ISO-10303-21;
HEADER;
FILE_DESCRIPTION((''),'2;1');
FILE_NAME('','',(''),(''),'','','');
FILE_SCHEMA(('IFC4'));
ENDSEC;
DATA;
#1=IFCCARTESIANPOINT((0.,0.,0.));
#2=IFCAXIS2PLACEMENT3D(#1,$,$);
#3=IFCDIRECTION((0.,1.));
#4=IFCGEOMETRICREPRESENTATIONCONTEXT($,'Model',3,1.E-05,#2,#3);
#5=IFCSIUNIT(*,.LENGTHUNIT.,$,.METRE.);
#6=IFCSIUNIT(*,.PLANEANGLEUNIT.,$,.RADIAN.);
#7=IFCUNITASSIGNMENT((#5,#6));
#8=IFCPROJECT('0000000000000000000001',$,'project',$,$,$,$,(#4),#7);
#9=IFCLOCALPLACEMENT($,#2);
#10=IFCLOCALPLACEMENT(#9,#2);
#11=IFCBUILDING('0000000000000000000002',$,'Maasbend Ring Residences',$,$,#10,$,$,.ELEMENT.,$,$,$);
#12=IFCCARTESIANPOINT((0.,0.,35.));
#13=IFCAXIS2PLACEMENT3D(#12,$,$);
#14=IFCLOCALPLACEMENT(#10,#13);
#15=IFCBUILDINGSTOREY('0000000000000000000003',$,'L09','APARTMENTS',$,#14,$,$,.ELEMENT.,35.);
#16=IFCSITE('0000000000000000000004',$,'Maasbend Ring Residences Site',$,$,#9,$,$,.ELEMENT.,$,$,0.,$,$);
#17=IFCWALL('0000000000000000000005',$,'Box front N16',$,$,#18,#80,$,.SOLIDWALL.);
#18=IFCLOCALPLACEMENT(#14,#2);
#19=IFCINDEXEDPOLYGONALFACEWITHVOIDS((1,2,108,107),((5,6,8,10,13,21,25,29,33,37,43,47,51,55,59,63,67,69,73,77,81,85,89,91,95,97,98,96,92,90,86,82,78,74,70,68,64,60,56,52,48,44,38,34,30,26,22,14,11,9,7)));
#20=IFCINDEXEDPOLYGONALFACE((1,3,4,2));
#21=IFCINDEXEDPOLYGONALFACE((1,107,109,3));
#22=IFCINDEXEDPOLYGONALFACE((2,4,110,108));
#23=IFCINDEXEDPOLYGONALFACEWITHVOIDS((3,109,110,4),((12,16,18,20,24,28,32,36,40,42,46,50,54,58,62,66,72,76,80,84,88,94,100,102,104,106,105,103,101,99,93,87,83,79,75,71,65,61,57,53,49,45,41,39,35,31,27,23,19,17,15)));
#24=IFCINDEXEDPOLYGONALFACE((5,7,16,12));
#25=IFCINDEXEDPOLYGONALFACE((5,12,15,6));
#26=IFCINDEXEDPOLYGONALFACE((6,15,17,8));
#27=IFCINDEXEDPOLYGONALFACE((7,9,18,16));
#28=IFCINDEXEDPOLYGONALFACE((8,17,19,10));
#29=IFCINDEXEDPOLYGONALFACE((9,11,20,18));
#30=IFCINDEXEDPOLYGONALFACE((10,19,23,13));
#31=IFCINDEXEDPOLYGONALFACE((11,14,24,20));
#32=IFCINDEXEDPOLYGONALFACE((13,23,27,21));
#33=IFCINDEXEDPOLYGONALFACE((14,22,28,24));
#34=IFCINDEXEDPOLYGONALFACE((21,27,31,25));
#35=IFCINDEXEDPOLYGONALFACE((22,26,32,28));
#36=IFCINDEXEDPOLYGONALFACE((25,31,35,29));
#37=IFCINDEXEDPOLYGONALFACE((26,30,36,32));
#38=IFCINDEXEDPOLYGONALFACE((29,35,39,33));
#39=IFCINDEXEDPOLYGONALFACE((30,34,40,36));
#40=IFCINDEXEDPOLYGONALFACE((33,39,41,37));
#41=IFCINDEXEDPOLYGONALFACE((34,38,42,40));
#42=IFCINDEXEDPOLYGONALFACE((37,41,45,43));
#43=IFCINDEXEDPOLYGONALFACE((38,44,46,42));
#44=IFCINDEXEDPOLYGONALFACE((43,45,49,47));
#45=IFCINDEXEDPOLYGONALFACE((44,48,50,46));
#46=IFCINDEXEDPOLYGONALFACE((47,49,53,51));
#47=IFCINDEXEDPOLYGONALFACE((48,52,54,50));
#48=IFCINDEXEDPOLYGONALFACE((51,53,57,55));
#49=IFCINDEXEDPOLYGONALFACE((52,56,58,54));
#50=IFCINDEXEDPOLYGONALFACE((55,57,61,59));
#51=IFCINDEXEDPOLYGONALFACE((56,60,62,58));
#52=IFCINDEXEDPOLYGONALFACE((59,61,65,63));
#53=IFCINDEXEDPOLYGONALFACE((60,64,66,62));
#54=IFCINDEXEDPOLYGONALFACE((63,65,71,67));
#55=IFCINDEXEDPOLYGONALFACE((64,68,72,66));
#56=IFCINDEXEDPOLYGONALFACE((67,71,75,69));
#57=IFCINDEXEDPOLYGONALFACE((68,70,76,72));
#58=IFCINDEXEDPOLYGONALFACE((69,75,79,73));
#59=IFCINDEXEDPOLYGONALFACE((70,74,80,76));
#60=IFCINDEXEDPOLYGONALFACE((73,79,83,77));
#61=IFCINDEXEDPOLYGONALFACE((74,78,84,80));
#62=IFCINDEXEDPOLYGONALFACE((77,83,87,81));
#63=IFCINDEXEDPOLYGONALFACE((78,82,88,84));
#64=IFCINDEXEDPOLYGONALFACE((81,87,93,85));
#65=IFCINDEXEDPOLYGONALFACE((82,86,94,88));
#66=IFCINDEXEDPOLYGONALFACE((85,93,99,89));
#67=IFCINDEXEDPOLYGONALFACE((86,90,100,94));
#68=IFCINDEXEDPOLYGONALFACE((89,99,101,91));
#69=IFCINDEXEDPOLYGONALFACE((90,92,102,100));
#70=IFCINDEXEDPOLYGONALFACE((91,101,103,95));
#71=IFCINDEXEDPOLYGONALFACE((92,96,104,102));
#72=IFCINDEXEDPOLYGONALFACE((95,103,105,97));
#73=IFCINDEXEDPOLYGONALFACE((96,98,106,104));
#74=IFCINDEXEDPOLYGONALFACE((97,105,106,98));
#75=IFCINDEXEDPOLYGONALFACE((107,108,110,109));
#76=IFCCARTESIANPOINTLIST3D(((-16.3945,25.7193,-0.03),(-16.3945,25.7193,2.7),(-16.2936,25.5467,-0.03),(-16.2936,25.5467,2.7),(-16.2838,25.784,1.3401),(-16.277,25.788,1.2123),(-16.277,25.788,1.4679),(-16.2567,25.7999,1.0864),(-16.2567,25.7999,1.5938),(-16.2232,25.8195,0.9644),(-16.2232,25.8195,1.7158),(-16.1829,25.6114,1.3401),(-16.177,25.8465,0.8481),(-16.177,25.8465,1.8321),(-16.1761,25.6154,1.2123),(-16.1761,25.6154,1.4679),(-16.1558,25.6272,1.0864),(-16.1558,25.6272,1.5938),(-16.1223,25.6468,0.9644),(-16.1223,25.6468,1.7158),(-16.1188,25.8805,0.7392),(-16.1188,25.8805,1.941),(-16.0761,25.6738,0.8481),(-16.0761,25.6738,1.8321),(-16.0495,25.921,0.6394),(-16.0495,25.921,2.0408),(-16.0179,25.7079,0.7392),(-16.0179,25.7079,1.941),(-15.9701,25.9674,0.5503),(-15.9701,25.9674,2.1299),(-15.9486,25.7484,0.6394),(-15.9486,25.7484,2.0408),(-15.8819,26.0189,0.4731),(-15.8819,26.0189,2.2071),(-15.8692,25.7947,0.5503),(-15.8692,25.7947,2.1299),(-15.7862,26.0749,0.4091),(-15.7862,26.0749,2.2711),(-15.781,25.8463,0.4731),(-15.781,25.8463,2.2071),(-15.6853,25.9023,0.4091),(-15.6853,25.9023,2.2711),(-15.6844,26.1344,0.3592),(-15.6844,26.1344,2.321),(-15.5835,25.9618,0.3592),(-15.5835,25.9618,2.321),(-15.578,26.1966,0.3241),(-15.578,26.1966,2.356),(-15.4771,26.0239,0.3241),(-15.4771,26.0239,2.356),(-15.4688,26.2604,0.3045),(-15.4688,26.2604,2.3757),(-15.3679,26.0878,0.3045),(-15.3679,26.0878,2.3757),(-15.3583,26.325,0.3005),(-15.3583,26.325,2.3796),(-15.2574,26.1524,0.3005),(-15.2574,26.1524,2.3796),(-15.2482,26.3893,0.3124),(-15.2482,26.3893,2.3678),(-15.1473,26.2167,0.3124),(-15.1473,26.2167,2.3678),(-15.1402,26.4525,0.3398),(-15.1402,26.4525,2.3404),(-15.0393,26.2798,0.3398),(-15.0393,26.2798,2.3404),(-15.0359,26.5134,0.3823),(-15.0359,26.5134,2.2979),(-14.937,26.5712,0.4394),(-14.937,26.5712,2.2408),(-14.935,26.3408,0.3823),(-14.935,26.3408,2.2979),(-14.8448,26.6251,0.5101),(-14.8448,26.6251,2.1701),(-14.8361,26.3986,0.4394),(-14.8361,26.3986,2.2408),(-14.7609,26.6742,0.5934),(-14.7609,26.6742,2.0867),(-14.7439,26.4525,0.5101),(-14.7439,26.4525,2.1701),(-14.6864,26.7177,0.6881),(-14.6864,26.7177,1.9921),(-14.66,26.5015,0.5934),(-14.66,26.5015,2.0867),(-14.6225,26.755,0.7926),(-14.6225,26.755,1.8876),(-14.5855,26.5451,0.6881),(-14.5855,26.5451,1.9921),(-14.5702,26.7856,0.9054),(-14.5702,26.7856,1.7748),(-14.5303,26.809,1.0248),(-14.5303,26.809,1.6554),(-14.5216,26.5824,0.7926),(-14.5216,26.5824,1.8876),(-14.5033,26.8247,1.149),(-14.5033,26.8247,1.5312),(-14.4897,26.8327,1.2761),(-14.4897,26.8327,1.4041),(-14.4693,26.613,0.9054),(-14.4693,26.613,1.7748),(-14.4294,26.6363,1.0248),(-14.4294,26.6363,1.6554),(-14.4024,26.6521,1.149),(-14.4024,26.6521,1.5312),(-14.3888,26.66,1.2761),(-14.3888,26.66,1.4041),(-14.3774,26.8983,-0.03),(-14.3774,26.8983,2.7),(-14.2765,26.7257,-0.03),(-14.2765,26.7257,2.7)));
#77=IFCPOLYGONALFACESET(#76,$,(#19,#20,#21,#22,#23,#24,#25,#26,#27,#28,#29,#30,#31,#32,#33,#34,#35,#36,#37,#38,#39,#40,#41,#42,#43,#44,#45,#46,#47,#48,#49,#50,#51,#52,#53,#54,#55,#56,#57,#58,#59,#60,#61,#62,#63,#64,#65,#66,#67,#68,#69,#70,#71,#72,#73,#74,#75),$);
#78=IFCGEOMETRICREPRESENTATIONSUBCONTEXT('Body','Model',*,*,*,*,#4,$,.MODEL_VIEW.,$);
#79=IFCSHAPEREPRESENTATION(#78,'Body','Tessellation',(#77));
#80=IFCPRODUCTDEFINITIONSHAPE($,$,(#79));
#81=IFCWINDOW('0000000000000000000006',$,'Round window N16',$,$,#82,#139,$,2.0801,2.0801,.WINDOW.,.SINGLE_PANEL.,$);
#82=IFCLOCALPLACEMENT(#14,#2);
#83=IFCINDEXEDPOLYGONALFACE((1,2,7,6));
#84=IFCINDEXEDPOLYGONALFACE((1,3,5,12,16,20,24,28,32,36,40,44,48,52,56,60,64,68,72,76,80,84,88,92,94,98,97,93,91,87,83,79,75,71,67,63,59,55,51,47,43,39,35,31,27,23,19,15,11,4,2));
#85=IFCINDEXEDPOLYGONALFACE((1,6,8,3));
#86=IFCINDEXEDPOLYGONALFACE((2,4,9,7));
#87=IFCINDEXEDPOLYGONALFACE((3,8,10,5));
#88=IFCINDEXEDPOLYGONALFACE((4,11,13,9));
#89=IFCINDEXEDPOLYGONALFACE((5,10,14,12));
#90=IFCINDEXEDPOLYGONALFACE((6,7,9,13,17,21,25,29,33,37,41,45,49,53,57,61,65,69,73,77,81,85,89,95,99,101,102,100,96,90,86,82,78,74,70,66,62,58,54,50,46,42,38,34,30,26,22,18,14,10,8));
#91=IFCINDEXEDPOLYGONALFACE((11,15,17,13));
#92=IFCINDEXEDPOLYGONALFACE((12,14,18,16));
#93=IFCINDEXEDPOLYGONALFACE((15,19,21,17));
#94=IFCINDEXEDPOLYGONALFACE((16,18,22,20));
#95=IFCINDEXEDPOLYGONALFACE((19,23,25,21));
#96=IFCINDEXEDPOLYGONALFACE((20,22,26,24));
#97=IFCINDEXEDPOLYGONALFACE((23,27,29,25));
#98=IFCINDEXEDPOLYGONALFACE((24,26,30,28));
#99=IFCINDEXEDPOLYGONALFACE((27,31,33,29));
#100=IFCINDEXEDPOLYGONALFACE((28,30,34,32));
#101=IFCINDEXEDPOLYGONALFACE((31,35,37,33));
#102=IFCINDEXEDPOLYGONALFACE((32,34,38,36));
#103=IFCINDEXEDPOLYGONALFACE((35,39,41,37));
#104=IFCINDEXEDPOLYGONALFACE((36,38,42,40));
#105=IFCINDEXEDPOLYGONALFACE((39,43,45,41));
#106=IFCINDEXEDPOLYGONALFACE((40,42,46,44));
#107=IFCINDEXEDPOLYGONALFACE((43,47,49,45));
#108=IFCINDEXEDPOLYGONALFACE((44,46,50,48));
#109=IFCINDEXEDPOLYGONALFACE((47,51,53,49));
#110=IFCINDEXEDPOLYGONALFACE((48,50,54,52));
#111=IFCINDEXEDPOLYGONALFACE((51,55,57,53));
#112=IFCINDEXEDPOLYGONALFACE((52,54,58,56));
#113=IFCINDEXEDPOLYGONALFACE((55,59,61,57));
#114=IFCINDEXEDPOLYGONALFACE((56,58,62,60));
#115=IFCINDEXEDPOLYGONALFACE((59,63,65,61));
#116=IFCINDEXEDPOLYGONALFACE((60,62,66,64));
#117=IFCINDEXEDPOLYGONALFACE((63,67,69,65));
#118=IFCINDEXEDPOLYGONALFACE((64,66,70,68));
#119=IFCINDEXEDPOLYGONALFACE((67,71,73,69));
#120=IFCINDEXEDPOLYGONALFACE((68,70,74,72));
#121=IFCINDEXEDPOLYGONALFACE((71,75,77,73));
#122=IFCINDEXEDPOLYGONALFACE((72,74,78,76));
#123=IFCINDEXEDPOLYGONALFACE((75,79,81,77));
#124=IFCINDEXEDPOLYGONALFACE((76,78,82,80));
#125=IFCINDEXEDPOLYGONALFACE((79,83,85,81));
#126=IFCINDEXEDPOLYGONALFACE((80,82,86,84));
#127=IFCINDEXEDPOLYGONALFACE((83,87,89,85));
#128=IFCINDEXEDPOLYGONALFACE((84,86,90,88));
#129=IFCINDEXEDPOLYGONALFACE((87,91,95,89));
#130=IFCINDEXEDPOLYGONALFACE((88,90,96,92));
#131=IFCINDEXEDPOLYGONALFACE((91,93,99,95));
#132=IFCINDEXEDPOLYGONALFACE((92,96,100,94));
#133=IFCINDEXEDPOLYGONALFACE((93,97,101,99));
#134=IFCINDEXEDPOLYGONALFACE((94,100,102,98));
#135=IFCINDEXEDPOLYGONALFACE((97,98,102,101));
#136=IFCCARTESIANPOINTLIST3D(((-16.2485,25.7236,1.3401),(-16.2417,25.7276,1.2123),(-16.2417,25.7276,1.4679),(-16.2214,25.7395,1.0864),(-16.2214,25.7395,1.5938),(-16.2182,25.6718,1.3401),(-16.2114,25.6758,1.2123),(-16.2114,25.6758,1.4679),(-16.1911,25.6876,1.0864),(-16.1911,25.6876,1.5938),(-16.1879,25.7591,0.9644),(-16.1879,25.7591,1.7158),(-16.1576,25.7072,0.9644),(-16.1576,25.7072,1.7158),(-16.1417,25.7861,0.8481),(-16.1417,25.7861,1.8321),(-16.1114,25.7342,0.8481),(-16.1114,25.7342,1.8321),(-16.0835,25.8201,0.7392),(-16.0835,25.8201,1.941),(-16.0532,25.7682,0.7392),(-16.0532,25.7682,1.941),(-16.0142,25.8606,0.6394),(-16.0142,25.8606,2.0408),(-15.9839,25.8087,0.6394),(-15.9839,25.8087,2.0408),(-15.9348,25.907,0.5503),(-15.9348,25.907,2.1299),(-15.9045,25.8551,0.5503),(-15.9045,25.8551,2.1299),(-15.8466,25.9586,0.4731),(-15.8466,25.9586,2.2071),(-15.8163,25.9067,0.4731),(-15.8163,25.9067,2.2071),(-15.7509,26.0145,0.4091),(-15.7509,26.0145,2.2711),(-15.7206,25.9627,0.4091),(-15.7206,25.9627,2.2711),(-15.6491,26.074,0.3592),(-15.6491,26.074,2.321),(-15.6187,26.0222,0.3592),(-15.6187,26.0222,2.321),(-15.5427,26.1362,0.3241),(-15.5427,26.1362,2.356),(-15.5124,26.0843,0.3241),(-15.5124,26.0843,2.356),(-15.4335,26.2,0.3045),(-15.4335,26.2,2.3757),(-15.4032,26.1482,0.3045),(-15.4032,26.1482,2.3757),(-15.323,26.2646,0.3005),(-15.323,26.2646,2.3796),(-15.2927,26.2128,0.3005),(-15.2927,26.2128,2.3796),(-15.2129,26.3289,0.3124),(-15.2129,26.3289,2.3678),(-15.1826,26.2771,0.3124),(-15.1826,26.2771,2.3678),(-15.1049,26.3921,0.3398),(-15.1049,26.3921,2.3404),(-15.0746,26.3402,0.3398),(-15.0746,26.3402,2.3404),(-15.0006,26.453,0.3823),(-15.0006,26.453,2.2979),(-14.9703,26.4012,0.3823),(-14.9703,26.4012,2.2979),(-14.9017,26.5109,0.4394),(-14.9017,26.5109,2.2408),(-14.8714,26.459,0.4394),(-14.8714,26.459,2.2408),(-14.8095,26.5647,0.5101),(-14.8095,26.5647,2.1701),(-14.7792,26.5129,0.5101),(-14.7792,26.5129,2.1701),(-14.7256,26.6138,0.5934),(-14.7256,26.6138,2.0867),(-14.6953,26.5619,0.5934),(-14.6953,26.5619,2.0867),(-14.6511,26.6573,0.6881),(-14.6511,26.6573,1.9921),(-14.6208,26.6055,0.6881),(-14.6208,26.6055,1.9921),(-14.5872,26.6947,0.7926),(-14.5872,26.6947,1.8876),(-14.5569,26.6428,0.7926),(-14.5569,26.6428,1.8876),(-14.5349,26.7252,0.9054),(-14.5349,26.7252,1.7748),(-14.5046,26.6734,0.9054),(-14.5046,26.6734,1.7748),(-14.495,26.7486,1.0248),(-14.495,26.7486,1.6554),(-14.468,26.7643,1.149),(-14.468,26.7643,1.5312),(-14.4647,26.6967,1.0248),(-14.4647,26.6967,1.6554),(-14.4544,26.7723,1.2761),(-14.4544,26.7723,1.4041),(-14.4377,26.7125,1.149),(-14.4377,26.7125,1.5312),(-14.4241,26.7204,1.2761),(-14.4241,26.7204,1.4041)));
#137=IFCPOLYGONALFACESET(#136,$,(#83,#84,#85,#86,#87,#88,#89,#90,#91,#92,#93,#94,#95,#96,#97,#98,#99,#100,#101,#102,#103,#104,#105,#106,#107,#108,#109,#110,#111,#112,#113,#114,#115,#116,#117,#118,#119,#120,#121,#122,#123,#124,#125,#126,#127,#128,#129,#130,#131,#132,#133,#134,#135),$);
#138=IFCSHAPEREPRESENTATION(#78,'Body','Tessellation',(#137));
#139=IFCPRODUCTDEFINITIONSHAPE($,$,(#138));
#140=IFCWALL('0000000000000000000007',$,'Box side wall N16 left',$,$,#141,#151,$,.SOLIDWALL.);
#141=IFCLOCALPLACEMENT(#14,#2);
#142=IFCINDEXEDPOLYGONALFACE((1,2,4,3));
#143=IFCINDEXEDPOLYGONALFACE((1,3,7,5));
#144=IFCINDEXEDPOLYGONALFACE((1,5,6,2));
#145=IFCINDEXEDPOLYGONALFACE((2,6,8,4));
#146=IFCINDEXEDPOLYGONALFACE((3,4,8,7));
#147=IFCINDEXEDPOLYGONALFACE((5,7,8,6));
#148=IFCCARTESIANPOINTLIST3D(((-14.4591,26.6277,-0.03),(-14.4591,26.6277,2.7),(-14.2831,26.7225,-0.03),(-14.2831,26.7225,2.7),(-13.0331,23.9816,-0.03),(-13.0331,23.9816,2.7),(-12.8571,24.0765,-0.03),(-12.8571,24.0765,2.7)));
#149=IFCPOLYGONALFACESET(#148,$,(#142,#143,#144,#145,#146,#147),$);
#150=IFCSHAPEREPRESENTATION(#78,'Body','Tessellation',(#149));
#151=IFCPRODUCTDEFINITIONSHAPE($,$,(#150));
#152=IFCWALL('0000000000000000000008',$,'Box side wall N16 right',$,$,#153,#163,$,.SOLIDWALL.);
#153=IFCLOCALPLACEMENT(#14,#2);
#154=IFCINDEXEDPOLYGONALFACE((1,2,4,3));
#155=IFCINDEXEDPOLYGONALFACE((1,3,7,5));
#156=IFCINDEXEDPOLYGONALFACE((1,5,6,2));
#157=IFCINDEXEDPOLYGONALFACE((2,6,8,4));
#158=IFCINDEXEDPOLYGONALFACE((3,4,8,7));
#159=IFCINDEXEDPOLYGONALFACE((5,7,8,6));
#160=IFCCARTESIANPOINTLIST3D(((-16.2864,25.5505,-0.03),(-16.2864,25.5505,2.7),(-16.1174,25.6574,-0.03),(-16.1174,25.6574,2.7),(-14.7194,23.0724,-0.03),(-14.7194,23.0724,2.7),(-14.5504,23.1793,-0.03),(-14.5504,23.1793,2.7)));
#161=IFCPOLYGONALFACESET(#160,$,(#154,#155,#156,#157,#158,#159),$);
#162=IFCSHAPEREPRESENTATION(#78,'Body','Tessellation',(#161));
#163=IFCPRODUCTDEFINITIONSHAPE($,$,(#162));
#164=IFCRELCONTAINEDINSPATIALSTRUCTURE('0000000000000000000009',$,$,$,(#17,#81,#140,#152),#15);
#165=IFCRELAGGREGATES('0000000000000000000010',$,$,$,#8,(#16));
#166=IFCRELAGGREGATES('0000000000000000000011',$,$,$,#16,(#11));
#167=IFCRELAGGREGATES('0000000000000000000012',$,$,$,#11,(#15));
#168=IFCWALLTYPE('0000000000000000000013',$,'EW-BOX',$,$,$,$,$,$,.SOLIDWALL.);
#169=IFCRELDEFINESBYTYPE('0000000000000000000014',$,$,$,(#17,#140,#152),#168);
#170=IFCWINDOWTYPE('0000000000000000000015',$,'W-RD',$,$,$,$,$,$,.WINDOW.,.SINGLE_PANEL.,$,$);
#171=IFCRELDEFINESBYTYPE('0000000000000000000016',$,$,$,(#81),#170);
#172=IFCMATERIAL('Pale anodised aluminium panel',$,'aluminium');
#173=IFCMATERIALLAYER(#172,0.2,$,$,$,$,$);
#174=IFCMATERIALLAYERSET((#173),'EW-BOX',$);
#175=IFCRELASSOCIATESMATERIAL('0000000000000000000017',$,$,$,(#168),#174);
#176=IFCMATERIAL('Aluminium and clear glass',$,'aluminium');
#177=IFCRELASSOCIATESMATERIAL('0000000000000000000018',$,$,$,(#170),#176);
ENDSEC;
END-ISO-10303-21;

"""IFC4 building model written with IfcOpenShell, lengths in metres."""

from ifc_helpers import new_model, si_unit, direction, frame, frame_2d, origin, place, context, subcontext, project, spatial, rectangle, circle, extrude, material, layer, layer_set, type_object, element, fill, save


model = new_model("IFC4")

# Units and contexts
model_context = context("Model", 3, precision=1e-05, world=origin(), true_north=direction((0.0, 1.0)))
body_context = subcontext(model_context, "Body", "Model", "MODEL_VIEW")
ifc_project = project(units=[si_unit("LENGTHUNIT", "METRE"), si_unit("PLANEANGLEUNIT", "RADIAN")], contexts=[model_context])

# Site, building, storey
site_placement = place(None, origin())
site = spatial("IfcSite", under=ifc_project, at=site_placement, Name="Maasbend Ring Residences Site", CompositionType="ELEMENT", RefElevation=0.0)
building_placement = place(site_placement, origin())
building = spatial("IfcBuilding", under=site, at=building_placement, Name="Maasbend Ring Residences", CompositionType="ELEMENT")
storey_placement = place(building_placement, frame((0.0, 0.0, 35.0)))
storey = spatial("IfcBuildingStorey", under=building, at=storey_placement, Name="L09", Description="APARTMENTS", CompositionType="ELEMENT", Elevation=35.0)

# Wall, opening, window
ifc_material_1 = material(Name="Pale anodised aluminium panel", Category="aluminium")
ifc_layer_1 = layer(ifc_material_1, 0.2)
ifc_layer_set_1 = layer_set([ifc_layer_1], Name="EW-BOX")
wall_type_1 = type_object("IfcWallType", Name="EW-BOX", PredefinedType="SOLIDWALL", material=ifc_layer_set_1)
wall_1_placement = place(storey_placement, frame((-14.3269, 26.812, -0.03), z_axis=(0.0, 0.0, 1.0), x_axis=(-0.863347, -0.504612, 0.0)))
wall_1 = element("IfcWall", 1, at=wall_1_placement, inside=storey, type_object=wall_type_1, Name="Box front N16", PredefinedType="SOLIDWALL", context=body_context, shape_type="SweptSolid", body=[
    extrude(rectangle(XDim=2.3364, YDim=0.2, at=frame_2d((1.1682, 0.0))), origin(), (0.0, 0.0, 1.0), 2.73),
])
opening_1_placement = place(wall_1_placement, frame((0.1282, 0.0, 0.3301)))
opening_1 = element("IfcOpeningElement", 2, at=opening_1_placement, cuts=wall_1, PredefinedType="OPENING", context=body_context, shape_type="SweptSolid", body=[
    extrude(circle(Radius=1.04, at=frame_2d((1.04, 1.04))), frame((0.0, 0.1099, 0.0), z_axis=(0.0, -1.0, 0.0), x_axis=(1.0, 0.0, 0.0)), (0.0, 0.0, 1.0), 0.22),
])
ifc_material_2 = material(Name="Aluminium and clear glass", Category="aluminium")
window_type_1 = type_object("IfcWindowType", Name="W-RD", PartitioningType="SINGLE_PANEL", PredefinedType="WINDOW", material=ifc_material_2)
window_1_placement = place(opening_1_placement, origin())
window_1 = element("IfcWindow", 3, at=window_1_placement, inside=storey, type_object=window_type_1, Name="Round window N16", OverallHeight=2.0801, OverallWidth=2.0801, PartitioningType="SINGLE_PANEL", PredefinedType="WINDOW", context=body_context, shape_type="SweptSolid", body=[
    extrude(circle(Radius=1.04, at=frame_2d((1.04, 1.04))), frame((0.0, 0.03, 0.0), z_axis=(0.0, -1.0, 0.0), x_axis=(1.0, 0.0, 0.0)), (0.0, 0.0, 1.0), 0.0601),
])
fill(opening_1, window_1)

# Walls
wall_2_placement = place(storey_placement, frame((-12.9451, 24.0291, -0.03), z_axis=(0.0, 0.0, 1.0), x_axis=(-0.474424, 0.880296, 0.0)))
element("IfcWall", 4, at=wall_2_placement, inside=storey, type_object=wall_type_1, Name="Box side wall N16 left", PredefinedType="SOLIDWALL", context=body_context, shape_type="SweptSolid", body=[
    extrude(rectangle(XDim=3.0059, YDim=0.2, at=frame_2d((1.5029, 0.0))), origin(), (0.0, 0.0, 1.0), 2.73),
])
wall_3_placement = place(storey_placement, frame((-14.635, 23.126, -0.03), z_axis=(0.0, 0.0, 1.0), x_axis=(-0.534438, 0.845208, 0.0)))
element("IfcWall", 5, at=wall_3_placement, inside=storey, type_object=wall_type_1, Name="Box side wall N16 right", PredefinedType="SOLIDWALL", context=body_context, shape_type="SweptSolid", body=[
    extrude(rectangle(XDim=2.9319, YDim=0.2, at=frame_2d((1.4658, 0.0))), origin(), (0.0, 0.0, 1.0), 2.73),
])

save(model, "model.ifc")
